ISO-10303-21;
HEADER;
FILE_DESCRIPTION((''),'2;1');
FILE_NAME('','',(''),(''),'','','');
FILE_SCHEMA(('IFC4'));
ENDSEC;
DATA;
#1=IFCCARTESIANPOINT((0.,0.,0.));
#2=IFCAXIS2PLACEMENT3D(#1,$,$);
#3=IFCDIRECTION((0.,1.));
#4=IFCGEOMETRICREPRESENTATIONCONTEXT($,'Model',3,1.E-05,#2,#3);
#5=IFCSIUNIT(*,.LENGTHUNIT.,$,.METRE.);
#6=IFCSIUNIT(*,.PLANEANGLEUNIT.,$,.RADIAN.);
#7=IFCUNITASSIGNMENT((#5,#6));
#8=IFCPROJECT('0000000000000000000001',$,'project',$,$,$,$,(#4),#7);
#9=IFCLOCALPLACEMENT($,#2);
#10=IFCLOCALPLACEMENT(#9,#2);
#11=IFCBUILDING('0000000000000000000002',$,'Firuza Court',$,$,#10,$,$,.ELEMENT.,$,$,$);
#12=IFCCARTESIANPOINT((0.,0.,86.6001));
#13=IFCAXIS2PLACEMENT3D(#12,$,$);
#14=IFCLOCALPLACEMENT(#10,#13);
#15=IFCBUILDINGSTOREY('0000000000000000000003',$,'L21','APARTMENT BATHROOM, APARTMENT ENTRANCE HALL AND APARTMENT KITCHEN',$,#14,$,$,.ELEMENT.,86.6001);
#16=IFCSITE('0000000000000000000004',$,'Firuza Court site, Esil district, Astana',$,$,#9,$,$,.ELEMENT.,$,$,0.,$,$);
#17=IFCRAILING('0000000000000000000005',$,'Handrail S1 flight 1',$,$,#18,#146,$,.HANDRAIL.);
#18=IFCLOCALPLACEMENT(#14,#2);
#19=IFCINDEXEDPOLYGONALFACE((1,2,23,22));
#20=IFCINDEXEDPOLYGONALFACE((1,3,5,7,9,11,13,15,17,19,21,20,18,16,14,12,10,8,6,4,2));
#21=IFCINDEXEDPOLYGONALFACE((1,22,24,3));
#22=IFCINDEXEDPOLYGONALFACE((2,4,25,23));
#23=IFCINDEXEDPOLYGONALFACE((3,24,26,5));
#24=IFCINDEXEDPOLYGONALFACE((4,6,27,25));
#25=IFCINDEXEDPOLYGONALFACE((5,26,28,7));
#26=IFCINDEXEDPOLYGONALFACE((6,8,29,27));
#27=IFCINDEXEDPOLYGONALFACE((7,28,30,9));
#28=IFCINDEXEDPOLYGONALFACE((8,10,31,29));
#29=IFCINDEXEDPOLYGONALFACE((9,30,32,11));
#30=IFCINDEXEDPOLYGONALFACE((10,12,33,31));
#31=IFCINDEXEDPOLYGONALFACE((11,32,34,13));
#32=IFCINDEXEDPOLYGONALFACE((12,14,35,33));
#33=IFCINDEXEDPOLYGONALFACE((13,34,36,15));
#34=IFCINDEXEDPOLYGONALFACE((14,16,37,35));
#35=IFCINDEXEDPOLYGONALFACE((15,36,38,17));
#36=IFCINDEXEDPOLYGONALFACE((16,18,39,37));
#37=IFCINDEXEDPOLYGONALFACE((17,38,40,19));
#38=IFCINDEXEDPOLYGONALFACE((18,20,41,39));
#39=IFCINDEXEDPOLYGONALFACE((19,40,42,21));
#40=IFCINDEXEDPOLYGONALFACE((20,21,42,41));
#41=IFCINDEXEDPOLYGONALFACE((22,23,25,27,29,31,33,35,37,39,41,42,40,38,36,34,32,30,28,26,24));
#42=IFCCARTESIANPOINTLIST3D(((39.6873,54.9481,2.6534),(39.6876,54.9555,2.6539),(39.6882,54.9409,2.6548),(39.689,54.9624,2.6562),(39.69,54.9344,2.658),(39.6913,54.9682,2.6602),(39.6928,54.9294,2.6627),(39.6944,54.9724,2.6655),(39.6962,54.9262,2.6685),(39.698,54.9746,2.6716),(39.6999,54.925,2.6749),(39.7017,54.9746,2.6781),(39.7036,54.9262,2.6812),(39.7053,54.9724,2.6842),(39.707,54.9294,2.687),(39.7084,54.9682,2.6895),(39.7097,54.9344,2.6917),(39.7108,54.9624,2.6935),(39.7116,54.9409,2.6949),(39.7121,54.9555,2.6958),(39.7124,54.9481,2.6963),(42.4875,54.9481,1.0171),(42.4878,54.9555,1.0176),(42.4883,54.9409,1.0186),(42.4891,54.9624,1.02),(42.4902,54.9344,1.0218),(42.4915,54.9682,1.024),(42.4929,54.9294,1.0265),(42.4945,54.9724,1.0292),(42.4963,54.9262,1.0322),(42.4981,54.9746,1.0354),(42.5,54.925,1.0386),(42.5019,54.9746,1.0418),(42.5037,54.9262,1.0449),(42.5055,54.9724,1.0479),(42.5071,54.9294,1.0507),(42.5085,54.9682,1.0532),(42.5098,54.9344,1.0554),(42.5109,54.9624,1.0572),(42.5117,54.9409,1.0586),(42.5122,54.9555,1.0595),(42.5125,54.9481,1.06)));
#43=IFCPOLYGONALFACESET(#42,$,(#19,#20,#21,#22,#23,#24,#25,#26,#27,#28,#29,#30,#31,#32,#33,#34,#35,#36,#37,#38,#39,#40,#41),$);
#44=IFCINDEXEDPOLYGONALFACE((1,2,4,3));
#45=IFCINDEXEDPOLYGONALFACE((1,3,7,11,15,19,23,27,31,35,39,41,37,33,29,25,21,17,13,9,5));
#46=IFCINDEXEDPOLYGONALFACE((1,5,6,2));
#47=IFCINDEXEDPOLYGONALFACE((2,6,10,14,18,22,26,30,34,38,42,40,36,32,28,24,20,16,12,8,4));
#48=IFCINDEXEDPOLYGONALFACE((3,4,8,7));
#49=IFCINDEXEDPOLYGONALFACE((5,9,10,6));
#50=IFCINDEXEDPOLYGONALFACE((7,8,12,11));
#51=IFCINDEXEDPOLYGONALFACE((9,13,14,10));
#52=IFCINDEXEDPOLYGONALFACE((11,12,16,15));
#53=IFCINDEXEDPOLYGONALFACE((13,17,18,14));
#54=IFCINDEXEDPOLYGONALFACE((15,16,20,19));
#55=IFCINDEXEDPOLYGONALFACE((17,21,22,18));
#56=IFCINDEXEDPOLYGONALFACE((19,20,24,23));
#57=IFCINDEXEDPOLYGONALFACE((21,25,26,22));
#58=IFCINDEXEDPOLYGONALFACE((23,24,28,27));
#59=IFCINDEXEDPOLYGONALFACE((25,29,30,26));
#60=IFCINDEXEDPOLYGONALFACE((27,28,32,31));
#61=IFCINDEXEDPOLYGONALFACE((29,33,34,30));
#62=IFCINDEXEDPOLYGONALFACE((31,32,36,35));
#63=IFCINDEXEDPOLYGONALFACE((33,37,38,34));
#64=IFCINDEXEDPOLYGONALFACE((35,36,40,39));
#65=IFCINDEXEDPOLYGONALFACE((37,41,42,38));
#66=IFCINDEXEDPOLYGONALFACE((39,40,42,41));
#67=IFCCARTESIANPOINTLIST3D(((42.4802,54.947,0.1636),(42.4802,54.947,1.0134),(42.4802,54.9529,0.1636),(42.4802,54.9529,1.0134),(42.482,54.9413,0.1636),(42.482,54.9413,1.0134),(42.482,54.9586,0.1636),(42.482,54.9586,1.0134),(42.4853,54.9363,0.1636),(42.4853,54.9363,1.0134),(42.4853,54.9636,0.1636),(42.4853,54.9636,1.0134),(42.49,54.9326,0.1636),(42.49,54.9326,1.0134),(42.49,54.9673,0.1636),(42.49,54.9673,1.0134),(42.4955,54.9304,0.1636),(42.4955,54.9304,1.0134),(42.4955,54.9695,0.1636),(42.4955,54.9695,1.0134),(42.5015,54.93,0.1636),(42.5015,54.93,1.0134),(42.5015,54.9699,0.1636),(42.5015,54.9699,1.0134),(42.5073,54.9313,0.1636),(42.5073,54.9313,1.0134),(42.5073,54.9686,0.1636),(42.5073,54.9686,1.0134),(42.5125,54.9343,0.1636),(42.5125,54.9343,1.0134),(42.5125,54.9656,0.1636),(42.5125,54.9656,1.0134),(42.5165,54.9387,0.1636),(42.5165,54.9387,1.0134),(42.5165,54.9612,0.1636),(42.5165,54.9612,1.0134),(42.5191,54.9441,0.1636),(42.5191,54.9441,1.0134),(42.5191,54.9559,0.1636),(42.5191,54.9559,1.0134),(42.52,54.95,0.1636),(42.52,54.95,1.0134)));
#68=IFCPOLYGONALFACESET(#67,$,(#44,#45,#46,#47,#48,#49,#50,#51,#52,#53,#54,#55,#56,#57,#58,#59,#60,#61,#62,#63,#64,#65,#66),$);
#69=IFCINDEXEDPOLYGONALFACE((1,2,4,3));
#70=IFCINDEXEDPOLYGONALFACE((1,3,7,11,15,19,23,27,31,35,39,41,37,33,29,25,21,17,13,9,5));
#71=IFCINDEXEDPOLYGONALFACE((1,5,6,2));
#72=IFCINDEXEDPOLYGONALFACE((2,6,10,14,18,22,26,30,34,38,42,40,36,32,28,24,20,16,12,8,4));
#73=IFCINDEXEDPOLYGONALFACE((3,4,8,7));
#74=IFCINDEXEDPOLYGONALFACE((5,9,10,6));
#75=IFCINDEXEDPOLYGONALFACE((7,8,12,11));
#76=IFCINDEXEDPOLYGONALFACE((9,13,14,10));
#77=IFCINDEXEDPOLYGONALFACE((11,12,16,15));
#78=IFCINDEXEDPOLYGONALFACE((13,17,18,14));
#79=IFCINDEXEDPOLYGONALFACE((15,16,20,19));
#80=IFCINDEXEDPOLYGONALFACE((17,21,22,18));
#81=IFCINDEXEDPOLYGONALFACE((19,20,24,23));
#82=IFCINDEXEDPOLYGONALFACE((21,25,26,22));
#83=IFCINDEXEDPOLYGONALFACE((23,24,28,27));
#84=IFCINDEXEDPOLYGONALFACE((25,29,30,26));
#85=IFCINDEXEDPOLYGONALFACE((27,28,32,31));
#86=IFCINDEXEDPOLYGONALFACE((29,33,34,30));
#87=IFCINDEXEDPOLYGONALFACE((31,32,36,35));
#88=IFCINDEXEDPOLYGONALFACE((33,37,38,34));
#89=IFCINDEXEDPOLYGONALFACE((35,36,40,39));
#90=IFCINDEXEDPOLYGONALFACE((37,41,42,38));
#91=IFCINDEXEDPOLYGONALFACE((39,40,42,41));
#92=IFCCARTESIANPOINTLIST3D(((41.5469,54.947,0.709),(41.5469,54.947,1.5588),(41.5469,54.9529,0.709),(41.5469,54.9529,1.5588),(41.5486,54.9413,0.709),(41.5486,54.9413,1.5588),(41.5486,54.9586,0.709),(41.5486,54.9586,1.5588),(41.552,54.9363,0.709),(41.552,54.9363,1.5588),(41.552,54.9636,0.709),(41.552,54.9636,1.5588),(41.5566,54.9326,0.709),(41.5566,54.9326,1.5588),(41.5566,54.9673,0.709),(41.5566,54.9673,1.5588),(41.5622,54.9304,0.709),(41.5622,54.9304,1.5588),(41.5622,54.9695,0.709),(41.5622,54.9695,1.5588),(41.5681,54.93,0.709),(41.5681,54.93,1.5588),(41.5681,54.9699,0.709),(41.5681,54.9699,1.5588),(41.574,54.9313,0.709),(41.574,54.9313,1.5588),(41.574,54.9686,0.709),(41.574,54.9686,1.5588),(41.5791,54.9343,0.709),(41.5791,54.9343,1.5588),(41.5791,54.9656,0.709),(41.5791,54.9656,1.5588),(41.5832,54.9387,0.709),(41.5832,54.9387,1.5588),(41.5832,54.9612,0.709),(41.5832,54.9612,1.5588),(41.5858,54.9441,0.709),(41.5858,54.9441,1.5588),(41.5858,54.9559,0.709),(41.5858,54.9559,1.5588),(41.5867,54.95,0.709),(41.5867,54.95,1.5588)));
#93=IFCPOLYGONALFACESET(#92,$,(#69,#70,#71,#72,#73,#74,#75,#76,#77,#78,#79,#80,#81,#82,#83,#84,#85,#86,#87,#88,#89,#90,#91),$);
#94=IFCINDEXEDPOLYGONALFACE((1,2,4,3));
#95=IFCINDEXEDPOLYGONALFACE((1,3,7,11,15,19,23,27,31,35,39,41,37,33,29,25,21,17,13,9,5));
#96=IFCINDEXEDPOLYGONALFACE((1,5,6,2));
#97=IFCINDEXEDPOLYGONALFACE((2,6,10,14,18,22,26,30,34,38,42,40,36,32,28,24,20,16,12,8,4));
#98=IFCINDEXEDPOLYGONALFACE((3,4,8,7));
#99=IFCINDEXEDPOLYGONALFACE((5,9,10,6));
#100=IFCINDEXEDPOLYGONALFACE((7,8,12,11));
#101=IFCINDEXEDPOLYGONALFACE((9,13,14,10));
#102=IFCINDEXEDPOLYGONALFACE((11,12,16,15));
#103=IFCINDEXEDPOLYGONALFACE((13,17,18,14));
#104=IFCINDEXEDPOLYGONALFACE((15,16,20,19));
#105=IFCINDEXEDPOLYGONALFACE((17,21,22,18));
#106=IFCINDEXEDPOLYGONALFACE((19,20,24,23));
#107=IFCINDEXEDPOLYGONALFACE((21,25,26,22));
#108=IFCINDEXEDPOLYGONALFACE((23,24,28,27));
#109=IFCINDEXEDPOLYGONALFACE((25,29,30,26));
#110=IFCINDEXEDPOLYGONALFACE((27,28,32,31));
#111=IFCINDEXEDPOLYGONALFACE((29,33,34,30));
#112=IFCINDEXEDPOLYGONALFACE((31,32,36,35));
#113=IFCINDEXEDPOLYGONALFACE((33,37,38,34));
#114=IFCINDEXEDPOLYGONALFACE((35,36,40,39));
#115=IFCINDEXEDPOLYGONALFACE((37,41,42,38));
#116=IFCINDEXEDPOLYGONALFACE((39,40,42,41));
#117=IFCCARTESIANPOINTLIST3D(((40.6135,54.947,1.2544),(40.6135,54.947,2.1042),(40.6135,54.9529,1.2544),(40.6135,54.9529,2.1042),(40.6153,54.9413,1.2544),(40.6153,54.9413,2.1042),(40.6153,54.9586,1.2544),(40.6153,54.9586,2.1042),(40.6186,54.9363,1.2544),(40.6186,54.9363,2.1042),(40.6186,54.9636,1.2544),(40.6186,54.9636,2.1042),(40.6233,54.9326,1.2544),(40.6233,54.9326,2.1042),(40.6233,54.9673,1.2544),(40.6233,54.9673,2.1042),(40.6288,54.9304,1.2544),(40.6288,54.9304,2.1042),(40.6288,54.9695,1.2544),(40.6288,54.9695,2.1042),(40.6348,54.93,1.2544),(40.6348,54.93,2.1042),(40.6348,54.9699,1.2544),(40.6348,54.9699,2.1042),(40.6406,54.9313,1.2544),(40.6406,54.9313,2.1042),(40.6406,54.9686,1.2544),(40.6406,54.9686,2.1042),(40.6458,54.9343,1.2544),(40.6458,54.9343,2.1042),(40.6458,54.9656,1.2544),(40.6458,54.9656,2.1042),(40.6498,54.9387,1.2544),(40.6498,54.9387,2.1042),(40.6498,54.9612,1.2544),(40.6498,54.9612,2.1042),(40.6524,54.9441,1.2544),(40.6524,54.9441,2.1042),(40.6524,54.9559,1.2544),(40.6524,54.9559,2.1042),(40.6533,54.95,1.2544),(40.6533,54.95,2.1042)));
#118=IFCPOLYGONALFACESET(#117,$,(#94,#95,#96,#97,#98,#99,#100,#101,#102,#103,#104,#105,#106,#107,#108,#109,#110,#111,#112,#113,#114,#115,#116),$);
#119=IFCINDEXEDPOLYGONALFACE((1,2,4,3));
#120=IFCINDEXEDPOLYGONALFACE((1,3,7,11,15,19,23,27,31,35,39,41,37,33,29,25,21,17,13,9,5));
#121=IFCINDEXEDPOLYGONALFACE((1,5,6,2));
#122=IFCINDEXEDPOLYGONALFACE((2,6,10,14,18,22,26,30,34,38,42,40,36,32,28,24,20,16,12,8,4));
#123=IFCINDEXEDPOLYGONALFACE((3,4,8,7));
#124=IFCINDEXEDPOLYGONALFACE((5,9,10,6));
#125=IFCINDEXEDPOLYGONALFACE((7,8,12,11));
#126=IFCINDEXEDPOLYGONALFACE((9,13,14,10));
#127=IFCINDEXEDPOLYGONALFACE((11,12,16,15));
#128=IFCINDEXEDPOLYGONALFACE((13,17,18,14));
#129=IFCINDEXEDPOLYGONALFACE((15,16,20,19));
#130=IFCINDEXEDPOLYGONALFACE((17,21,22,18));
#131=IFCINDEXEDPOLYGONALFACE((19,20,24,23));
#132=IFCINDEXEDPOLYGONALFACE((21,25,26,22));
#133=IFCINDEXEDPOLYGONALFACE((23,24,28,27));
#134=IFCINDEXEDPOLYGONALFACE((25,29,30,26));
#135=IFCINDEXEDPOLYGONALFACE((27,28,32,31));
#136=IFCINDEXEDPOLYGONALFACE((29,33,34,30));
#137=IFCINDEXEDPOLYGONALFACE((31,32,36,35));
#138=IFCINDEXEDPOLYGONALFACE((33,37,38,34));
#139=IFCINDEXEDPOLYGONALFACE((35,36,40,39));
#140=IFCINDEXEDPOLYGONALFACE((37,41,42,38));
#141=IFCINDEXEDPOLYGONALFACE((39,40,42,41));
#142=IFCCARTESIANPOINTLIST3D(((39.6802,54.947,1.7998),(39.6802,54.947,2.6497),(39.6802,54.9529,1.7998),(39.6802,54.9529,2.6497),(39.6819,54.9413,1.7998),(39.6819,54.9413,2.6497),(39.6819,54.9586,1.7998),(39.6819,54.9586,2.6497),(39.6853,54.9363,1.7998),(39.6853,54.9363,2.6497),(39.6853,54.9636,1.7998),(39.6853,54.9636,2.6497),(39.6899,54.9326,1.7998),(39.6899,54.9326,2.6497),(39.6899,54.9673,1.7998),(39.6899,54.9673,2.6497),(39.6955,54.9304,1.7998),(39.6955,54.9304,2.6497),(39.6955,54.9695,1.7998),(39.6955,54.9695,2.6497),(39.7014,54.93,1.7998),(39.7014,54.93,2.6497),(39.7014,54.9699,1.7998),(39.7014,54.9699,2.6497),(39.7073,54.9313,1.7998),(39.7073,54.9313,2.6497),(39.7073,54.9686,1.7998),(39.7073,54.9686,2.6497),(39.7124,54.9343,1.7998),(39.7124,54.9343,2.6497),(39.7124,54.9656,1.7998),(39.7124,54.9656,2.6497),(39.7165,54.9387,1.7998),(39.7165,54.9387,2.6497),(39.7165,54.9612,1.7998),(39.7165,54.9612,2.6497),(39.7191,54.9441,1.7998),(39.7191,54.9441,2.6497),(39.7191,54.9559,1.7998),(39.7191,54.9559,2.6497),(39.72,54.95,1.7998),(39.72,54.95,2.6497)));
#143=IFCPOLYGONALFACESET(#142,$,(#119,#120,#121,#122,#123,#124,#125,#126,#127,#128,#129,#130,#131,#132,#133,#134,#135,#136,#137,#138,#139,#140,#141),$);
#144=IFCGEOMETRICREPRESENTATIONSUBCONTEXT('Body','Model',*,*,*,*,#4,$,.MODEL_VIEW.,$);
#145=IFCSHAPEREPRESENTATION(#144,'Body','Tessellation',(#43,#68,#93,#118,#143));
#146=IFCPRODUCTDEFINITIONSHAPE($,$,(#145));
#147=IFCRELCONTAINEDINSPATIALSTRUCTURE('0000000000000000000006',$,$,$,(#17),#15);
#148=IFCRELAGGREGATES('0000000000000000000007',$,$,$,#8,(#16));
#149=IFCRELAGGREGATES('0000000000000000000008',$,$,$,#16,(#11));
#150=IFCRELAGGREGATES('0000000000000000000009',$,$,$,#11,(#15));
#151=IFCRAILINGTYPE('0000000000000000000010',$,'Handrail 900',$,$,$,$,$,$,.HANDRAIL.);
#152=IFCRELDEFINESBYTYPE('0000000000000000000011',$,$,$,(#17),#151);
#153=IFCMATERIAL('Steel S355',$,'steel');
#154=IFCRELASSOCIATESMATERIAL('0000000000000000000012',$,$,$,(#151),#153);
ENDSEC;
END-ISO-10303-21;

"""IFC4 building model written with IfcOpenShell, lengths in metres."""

from ifc_helpers import new_model, si_unit, direction, frame, origin, origin_2d, place, context, subcontext, project, spatial, circle, extrude, material, type_object, element, save


model = new_model("IFC4")

# Units and contexts
model_context = context("Model", 3, precision=1e-05, world=origin(), true_north=direction((0.0, 1.0)))
body_context = subcontext(model_context, "Body", "Model", "MODEL_VIEW")
ifc_project = project(units=[si_unit("LENGTHUNIT", "METRE"), si_unit("PLANEANGLEUNIT", "RADIAN")], contexts=[model_context])

# Site, building, storey
site_placement = place(None, origin())
site = spatial("IfcSite", under=ifc_project, at=site_placement, Name="Firuza Court site, Esil district, Astana", CompositionType="ELEMENT", RefElevation=0.0)
building_placement = place(site_placement, origin())
building = spatial("IfcBuilding", under=site, at=building_placement, Name="Firuza Court", CompositionType="ELEMENT")
storey_placement = place(building_placement, frame((0.0, 0.0, 86.6001)))
storey = spatial("IfcBuildingStorey", under=building, at=storey_placement, Name="L21", Description="APARTMENT BATHROOM, APARTMENT ENTRANCE HALL AND APARTMENT KITCHEN", CompositionType="ELEMENT", Elevation=86.6001)

# Railing
ifc_material_1 = material(Name="Steel S355", Category="steel")
railing_type_1 = type_object("IfcRailingType", Name="Handrail 900", PredefinedType="HANDRAIL", material=ifc_material_1)
railing_1_placement = place(storey_placement, frame((42.5, 54.95, 0.1636)))
element("IfcRailing", 1, at=railing_1_placement, inside=storey, type_object=railing_type_1, Name="Handrail S1 flight 1", PredefinedType="HANDRAIL", context=body_context, shape_type="SweptSolid", body=[
    extrude(circle(Radius=0.0249, at=origin_2d()), frame((0.0, 0.0, 0.875), z_axis=(-0.863394, 0.0, 0.504531), x_axis=(0.0, -1.0, 0.0)), (0.0, 0.0, 1.0), 3.2432),
    extrude(circle(Radius=0.02, at=origin_2d()), origin(), (0.0, 0.0, 1.0), 0.8499),
    extrude(circle(Radius=0.02, at=origin_2d()), frame((-0.9333, 0.0, 0.5454)), (0.0, 0.0, 1.0), 0.8499),
    extrude(circle(Radius=0.02, at=origin_2d()), frame((-1.8667, 0.0, 1.0908)), (0.0, 0.0, 1.0), 0.8499),
    extrude(circle(Radius=0.02, at=origin_2d()), frame((-2.8, 0.0, 1.6362)), (0.0, 0.0, 1.0), 0.8499),
])

save(model, "model.ifc")
